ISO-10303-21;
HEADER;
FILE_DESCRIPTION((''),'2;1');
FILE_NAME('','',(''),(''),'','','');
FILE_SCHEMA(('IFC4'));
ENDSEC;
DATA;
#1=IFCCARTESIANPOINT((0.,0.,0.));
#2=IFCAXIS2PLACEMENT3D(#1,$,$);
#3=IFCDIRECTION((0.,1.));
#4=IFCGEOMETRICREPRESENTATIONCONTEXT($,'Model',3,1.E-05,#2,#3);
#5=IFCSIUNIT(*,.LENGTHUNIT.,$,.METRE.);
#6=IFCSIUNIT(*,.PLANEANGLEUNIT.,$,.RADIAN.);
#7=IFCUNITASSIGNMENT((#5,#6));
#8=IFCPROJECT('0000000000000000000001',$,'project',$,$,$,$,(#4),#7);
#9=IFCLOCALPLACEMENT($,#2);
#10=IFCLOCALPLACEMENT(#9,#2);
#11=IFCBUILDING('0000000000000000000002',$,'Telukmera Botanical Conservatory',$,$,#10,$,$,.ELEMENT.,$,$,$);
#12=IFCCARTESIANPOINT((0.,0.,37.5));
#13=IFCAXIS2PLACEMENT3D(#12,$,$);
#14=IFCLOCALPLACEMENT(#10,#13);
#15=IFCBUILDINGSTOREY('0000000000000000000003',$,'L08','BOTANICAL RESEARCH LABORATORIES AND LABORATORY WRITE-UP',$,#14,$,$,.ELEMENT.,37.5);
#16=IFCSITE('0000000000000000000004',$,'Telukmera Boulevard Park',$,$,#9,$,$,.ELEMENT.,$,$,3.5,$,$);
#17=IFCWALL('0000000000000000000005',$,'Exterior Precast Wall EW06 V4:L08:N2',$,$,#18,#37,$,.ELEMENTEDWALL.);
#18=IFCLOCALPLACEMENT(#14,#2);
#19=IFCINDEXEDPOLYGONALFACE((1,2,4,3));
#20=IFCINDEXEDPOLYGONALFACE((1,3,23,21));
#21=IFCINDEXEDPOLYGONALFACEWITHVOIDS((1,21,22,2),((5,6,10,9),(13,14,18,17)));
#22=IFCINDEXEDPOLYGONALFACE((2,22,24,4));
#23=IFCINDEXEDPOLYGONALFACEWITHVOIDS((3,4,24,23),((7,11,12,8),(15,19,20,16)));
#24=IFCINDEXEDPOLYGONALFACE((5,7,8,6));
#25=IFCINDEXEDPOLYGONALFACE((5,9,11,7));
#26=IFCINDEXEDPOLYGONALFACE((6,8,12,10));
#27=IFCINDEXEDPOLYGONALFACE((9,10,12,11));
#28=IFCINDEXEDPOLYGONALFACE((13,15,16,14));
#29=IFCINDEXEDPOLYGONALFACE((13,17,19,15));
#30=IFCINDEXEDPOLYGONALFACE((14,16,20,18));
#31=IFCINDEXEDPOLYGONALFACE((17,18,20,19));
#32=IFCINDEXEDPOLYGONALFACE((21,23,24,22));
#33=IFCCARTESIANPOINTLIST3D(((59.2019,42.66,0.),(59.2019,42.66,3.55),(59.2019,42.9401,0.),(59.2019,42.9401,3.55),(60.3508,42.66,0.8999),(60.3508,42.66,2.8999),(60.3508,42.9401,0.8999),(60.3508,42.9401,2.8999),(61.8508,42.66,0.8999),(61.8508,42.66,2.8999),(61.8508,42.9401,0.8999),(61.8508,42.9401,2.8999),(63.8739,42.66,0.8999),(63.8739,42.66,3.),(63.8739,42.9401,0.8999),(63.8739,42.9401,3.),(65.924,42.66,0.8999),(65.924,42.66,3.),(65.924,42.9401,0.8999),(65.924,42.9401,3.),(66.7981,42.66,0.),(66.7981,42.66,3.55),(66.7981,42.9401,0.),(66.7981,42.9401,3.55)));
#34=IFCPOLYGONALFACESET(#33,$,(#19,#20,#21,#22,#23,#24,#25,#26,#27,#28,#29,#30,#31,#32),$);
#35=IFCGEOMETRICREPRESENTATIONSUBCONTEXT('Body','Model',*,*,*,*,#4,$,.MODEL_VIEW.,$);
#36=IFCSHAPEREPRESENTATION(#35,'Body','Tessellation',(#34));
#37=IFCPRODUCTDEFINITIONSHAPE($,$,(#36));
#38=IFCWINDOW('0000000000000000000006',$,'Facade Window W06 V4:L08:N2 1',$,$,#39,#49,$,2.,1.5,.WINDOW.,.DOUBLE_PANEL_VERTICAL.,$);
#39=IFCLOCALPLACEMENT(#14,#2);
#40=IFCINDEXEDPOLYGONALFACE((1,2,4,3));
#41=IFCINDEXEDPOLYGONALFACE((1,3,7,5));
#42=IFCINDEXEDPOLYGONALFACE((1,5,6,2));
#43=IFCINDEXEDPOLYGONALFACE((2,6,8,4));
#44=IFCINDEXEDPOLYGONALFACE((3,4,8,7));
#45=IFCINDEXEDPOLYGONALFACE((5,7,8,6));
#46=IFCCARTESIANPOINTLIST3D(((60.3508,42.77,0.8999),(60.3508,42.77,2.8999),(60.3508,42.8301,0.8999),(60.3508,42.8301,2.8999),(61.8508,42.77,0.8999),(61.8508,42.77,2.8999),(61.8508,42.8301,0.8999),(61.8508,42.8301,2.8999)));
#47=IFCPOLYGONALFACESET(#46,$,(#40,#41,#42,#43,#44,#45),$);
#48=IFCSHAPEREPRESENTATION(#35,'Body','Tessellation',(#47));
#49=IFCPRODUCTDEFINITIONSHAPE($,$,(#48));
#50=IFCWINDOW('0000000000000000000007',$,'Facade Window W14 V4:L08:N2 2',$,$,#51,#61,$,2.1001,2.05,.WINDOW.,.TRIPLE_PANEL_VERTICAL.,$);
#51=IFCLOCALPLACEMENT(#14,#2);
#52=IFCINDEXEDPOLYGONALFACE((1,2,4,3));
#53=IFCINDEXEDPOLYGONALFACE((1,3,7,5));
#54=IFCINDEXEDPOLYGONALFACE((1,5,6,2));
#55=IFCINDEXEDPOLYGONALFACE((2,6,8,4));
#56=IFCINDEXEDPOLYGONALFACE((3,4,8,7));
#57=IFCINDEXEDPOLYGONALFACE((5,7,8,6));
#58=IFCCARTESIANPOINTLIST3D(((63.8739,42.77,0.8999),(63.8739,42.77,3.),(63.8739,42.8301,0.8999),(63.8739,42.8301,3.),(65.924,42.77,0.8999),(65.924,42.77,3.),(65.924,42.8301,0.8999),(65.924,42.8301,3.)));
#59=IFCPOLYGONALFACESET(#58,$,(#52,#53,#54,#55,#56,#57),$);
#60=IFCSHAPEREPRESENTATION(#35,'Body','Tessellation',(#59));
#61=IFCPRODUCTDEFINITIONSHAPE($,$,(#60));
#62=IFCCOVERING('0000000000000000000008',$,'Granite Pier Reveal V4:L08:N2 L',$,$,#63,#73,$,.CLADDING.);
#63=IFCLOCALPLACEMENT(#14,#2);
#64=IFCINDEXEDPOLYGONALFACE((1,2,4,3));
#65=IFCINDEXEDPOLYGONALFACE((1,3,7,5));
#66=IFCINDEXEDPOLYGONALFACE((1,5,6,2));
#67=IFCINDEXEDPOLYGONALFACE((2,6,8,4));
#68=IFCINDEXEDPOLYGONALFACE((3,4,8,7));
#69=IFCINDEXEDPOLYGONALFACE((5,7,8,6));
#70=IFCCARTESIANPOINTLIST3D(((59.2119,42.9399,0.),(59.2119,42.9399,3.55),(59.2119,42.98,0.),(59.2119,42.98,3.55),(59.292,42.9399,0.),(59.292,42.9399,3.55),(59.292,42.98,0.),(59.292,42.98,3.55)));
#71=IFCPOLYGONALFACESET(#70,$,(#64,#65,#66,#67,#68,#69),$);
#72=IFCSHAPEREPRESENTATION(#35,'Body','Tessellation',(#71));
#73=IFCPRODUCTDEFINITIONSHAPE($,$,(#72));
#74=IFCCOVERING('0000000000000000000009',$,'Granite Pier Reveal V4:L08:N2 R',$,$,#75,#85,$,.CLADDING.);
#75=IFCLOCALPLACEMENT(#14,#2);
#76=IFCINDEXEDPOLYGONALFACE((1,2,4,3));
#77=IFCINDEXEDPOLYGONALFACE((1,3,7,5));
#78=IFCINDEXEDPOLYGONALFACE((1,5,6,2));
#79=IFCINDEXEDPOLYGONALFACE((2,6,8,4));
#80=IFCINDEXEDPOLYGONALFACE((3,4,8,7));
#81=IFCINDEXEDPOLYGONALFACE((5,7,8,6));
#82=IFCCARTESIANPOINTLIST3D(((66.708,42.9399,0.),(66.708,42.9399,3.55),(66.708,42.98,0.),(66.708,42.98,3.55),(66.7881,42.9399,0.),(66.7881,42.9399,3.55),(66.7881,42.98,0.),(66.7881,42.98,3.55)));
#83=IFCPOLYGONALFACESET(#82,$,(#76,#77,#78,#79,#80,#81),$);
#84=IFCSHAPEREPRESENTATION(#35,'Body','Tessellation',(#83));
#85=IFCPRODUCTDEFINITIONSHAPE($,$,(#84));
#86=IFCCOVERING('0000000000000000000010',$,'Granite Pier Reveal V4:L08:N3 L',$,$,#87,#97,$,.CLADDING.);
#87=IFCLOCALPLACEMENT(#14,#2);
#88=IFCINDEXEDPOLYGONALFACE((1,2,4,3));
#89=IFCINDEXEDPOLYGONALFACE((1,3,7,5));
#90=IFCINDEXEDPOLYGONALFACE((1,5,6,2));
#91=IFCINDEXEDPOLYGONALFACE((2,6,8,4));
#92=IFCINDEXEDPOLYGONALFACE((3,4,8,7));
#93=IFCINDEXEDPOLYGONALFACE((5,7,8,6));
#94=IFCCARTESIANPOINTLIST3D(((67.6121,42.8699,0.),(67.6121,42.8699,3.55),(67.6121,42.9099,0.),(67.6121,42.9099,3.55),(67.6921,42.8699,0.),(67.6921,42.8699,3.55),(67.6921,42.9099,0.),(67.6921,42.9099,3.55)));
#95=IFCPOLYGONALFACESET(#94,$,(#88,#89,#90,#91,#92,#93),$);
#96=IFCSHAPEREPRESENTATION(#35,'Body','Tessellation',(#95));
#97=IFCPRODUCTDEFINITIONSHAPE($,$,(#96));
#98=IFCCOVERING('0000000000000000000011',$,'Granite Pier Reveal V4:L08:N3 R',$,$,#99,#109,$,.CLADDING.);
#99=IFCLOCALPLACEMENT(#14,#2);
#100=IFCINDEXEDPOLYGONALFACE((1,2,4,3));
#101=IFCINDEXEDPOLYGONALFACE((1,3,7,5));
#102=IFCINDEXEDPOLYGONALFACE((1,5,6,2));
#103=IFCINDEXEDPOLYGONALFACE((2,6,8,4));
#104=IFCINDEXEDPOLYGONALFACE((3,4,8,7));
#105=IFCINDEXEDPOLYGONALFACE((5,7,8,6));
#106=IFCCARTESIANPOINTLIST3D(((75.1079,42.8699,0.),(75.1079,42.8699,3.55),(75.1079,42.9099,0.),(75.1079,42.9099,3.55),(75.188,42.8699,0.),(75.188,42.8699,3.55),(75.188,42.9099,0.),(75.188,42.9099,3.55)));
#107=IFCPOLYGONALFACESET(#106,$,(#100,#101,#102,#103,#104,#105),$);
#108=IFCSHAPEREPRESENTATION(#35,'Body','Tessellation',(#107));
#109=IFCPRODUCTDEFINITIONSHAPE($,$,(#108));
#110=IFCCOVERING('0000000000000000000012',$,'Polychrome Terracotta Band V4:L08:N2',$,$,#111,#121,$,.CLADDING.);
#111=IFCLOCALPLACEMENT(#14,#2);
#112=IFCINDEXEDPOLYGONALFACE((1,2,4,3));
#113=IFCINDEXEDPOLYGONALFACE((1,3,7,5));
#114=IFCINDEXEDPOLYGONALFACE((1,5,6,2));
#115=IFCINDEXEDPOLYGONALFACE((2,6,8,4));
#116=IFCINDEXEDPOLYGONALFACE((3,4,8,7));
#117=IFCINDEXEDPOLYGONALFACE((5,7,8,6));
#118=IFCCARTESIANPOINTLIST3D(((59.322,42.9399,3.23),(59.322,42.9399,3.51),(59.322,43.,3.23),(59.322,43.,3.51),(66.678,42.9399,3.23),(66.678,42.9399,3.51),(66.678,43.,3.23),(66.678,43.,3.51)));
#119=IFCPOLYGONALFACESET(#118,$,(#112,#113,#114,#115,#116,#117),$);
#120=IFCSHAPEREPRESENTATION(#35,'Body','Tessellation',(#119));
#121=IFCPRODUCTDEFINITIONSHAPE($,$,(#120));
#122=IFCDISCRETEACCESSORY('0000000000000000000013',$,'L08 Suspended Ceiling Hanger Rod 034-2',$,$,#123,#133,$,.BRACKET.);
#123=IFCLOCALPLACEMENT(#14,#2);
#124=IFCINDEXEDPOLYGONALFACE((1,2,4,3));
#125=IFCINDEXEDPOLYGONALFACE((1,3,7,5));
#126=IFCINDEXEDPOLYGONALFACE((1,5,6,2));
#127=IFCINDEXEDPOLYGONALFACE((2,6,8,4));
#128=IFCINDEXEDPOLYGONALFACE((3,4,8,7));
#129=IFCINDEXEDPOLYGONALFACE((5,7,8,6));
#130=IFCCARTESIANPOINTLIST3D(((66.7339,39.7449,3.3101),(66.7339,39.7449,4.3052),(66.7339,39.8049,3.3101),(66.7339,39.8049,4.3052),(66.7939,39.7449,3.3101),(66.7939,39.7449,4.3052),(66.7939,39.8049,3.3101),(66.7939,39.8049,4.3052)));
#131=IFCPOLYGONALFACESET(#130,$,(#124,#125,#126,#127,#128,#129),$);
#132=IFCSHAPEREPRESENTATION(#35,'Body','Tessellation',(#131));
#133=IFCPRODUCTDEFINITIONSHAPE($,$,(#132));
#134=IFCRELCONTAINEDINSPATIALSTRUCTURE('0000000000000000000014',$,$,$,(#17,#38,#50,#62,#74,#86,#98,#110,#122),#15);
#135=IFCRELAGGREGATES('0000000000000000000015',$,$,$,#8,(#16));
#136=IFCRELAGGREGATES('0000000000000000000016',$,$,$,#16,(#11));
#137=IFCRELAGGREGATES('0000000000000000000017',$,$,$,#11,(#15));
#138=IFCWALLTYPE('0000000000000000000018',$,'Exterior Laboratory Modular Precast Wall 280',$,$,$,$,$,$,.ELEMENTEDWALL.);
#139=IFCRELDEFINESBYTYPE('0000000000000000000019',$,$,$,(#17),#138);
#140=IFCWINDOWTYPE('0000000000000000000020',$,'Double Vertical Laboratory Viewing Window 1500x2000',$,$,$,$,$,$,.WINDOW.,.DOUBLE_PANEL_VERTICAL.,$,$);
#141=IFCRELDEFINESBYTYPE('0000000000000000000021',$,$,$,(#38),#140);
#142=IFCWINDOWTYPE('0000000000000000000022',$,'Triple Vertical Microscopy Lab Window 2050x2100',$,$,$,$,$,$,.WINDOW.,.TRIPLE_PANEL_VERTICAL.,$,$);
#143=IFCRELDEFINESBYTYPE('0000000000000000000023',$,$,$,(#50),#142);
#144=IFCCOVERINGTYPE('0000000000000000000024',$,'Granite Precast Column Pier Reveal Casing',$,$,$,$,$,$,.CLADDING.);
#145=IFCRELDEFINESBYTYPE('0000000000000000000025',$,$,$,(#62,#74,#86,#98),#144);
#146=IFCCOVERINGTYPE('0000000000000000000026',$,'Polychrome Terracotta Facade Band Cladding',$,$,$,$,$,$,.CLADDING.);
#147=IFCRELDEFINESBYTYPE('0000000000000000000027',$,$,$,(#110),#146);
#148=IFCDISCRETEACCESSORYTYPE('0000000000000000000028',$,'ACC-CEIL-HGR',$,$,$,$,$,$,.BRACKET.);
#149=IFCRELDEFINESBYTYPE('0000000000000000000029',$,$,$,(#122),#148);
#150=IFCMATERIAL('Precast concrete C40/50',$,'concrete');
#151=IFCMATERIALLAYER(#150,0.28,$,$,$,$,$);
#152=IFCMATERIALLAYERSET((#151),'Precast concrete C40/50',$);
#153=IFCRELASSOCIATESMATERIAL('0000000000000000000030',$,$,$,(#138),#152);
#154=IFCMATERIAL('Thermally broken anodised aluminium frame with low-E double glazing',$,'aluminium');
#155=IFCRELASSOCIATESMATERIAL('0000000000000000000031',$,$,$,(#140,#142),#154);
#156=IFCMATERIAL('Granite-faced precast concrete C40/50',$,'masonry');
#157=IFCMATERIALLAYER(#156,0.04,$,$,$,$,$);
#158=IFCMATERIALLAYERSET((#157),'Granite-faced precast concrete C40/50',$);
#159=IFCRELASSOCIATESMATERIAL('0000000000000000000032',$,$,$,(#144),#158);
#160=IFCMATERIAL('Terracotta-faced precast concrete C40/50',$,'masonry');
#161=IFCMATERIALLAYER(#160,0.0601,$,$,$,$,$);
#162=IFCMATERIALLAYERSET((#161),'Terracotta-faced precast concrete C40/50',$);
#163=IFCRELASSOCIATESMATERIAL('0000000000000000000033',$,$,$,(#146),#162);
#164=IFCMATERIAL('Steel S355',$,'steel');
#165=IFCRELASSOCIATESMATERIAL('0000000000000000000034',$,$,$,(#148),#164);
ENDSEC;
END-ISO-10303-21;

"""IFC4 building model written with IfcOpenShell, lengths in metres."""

from ifc_helpers import new_model, si_unit, direction, frame, frame_2d, origin, origin_2d, place, context, subcontext, project, spatial, rectangle, extrude, material, layer, layer_set, type_object, element, fill, save


model = new_model("IFC4")

# Units and contexts
model_context = context("Model", 3, precision=1e-05, world=origin(), true_north=direction((0.0, 1.0)))
body_context = subcontext(model_context, "Body", "Model", "MODEL_VIEW")
ifc_project = project(units=[si_unit("LENGTHUNIT", "METRE"), si_unit("PLANEANGLEUNIT", "RADIAN")], contexts=[model_context])

# Site, building, storey
site_placement = place(None, origin())
site = spatial("IfcSite", under=ifc_project, at=site_placement, Name="Telukmera Boulevard Park", CompositionType="ELEMENT", RefElevation=3.5)
building_placement = place(site_placement, origin())
building = spatial("IfcBuilding", under=site, at=building_placement, Name="Telukmera Botanical Conservatory", CompositionType="ELEMENT")
storey_placement = place(building_placement, frame((0.0, 0.0, 37.5)))
storey = spatial("IfcBuildingStorey", under=building, at=storey_placement, Name="L08", Description="BOTANICAL RESEARCH LABORATORIES AND LABORATORY WRITE-UP", CompositionType="ELEMENT", Elevation=37.5)

# Shared definitions
ifc_material_1 = material(Name="Precast concrete C40/50", Category="concrete")

# Wall, openings, windows
ifc_layer_1 = layer(ifc_material_1, 0.28)
ifc_layer_set_1 = layer_set([ifc_layer_1], Name="Precast concrete C40/50")
wall_type = type_object("IfcWallType", Name="Exterior Laboratory Modular Precast Wall 280", PredefinedType="ELEMENTEDWALL", material=ifc_layer_set_1)
wall_placement = place(storey_placement, frame((59.2019, 42.8, 0.0), z_axis=(0.0, 0.0, 1.0), x_axis=(1.0, 0.0, 0.0)))
wall = element("IfcWall", 1, at=wall_placement, inside=storey, type_object=wall_type, Name="Exterior Precast Wall EW06 V4:L08:N2", PredefinedType="ELEMENTEDWALL", context=body_context, shape_type="SweptSolid", body=[
    extrude(rectangle(XDim=7.5962, YDim=0.28, at=frame_2d((3.7981, 0.0))), origin(), (0.0, 0.0, 1.0), 3.55),
])
opening_1_placement = place(wall_placement, frame((1.1489, 0.0, 0.8999)))
opening_1 = element("IfcOpeningElement", 2, at=opening_1_placement, cuts=wall, PredefinedType="OPENING", context=body_context, shape_type="SweptSolid", body=[
    extrude(rectangle(XDim=1.5, YDim=2.0, at=frame_2d((0.75, 1.0))), frame((0.0, 0.1499, 0.0), z_axis=(0.0, -1.0, 0.0), x_axis=(1.0, 0.0, 0.0)), (0.0, 0.0, 1.0), 0.3),
])
opening_2_placement = place(wall_placement, frame((4.6721, 0.0, 0.8999)))
opening_2 = element("IfcOpeningElement", 3, at=opening_2_placement, cuts=wall, PredefinedType="OPENING", context=body_context, shape_type="SweptSolid", body=[
    extrude(rectangle(XDim=2.05, YDim=2.1001, at=frame_2d((1.0249, 1.05))), frame((0.0, 0.1499, 0.0), z_axis=(0.0, -1.0, 0.0), x_axis=(1.0, 0.0, 0.0)), (0.0, 0.0, 1.0), 0.3),
])
ifc_material_2 = material(Name="Thermally broken anodised aluminium frame with low-E double glazing", Category="aluminium")
window_type_1 = type_object("IfcWindowType", Name="Double Vertical Laboratory Viewing Window 1500x2000", PartitioningType="DOUBLE_PANEL_VERTICAL", PredefinedType="WINDOW", material=ifc_material_2)
window_1_placement = place(opening_1_placement, origin())
window_1 = element("IfcWindow", 4, at=window_1_placement, inside=storey, type_object=window_type_1, Name="Facade Window W06 V4:L08:N2 1", OverallHeight=2.0, OverallWidth=1.5, PartitioningType="DOUBLE_PANEL_VERTICAL", PredefinedType="WINDOW", context=body_context, shape_type="SweptSolid", body=[
    extrude(rectangle(XDim=1.5, YDim=2.0, at=frame_2d((0.75, 1.0))), frame((0.0, 0.03, 0.0), z_axis=(0.0, -1.0, 0.0), x_axis=(1.0, 0.0, 0.0)), (0.0, 0.0, 1.0), 0.0601),
])
fill(opening_1, window_1)
window_type_2 = type_object("IfcWindowType", Name="Triple Vertical Microscopy Lab Window 2050x2100", PartitioningType="TRIPLE_PANEL_VERTICAL", PredefinedType="WINDOW", material=ifc_material_2)
window_2_placement = place(opening_2_placement, origin())
window_2 = element("IfcWindow", 5, at=window_2_placement, inside=storey, type_object=window_type_2, Name="Facade Window W14 V4:L08:N2 2", OverallHeight=2.1001, OverallWidth=2.05, PartitioningType="TRIPLE_PANEL_VERTICAL", PredefinedType="WINDOW", context=body_context, shape_type="SweptSolid", body=[
    extrude(rectangle(XDim=2.05, YDim=2.1001, at=frame_2d((1.0249, 1.05))), frame((0.0, 0.03, 0.0), z_axis=(0.0, -1.0, 0.0), x_axis=(1.0, 0.0, 0.0)), (0.0, 0.0, 1.0), 0.0601),
])
fill(opening_2, window_2)

# Coverings
ifc_material_3 = material(Name="Granite-faced precast concrete C40/50", Category="masonry")
ifc_layer_2 = layer(ifc_material_3, 0.04)
ifc_layer_set_2 = layer_set([ifc_layer_2], Name="Granite-faced precast concrete C40/50")
covering_type_1 = type_object("IfcCoveringType", Name="Granite Precast Column Pier Reveal Casing", PredefinedType="CLADDING", material=ifc_layer_set_2)
for number, where, z_axis, x_axis, name in (
    (6, (59.252, 42.96, 0.0), (0.0, 0.0, 1.0), (1.0, 0.0, 0.0), "Granite Pier Reveal V4:L08:N2 L"),
    (7, (66.748, 42.96, 0.0), (0.0, 0.0, 1.0), (1.0, 0.0, 0.0), "Granite Pier Reveal V4:L08:N2 R"),
    (8, (67.6521, 42.8899, 0.0), (0.0, 0.0, 1.0), (1.0, 0.0, 0.0), "Granite Pier Reveal V4:L08:N3 L"),
    (9, (75.1479, 42.8899, 0.0), (0.0, 0.0, 1.0), (1.0, 0.0, 0.0), "Granite Pier Reveal V4:L08:N3 R"),
):
    element("IfcCovering", number, at=place(storey_placement, frame(where, z_axis=z_axis, x_axis=x_axis)), inside=storey, type_object=covering_type_1, Name=name, PredefinedType="CLADDING", context=body_context, shape_type="SweptSolid", body=[
        extrude(rectangle(XDim=0.0801, YDim=0.04, at=origin_2d()), origin(), (0.0, 0.0, 1.0), 3.55),
    ])
ifc_material_4 = material(Name="Terracotta-faced precast concrete C40/50", Category="masonry")
ifc_layer_3 = layer(ifc_material_4, 0.0601)
ifc_layer_set_3 = layer_set([ifc_layer_3], Name="Terracotta-faced precast concrete C40/50")
covering_type_2 = type_object("IfcCoveringType", Name="Polychrome Terracotta Facade Band Cladding", PredefinedType="CLADDING", material=ifc_layer_set_3)
covering_placement = place(storey_placement, frame((63.0, 42.97, 3.23), z_axis=(0.0, 0.0, 1.0), x_axis=(1.0, 0.0, 0.0)))
element("IfcCovering", 10, at=covering_placement, inside=storey, type_object=covering_type_2, Name="Polychrome Terracotta Band V4:L08:N2", PredefinedType="CLADDING", context=body_context, shape_type="SweptSolid", body=[
    extrude(rectangle(XDim=7.356, YDim=0.0601, at=origin_2d()), origin(), (0.0, 0.0, 1.0), 0.28),
])

# Discrete accessory
ifc_material_5 = material(Name="Steel S355", Category="steel")
discrete_accessory_type = type_object("IfcDiscreteAccessoryType", Name="ACC-CEIL-HGR", PredefinedType="BRACKET", material=ifc_material_5)
discrete_accessory_placement = place(storey_placement, frame((66.7639, 39.7749, 3.3101), z_axis=(0.0, 0.0, 1.0), x_axis=(1.0, 0.0, 0.0)))
element("IfcDiscreteAccessory", 11, at=discrete_accessory_placement, inside=storey, type_object=discrete_accessory_type, Name="L08 Suspended Ceiling Hanger Rod 034-2", PredefinedType="BRACKET", context=body_context, shape_type="SweptSolid", body=[
    extrude(rectangle(XDim=0.0601, YDim=0.0601, at=origin_2d()), origin(), (0.0, 0.0, 1.0), 0.9951),
])

save(model, "model.ifc")
